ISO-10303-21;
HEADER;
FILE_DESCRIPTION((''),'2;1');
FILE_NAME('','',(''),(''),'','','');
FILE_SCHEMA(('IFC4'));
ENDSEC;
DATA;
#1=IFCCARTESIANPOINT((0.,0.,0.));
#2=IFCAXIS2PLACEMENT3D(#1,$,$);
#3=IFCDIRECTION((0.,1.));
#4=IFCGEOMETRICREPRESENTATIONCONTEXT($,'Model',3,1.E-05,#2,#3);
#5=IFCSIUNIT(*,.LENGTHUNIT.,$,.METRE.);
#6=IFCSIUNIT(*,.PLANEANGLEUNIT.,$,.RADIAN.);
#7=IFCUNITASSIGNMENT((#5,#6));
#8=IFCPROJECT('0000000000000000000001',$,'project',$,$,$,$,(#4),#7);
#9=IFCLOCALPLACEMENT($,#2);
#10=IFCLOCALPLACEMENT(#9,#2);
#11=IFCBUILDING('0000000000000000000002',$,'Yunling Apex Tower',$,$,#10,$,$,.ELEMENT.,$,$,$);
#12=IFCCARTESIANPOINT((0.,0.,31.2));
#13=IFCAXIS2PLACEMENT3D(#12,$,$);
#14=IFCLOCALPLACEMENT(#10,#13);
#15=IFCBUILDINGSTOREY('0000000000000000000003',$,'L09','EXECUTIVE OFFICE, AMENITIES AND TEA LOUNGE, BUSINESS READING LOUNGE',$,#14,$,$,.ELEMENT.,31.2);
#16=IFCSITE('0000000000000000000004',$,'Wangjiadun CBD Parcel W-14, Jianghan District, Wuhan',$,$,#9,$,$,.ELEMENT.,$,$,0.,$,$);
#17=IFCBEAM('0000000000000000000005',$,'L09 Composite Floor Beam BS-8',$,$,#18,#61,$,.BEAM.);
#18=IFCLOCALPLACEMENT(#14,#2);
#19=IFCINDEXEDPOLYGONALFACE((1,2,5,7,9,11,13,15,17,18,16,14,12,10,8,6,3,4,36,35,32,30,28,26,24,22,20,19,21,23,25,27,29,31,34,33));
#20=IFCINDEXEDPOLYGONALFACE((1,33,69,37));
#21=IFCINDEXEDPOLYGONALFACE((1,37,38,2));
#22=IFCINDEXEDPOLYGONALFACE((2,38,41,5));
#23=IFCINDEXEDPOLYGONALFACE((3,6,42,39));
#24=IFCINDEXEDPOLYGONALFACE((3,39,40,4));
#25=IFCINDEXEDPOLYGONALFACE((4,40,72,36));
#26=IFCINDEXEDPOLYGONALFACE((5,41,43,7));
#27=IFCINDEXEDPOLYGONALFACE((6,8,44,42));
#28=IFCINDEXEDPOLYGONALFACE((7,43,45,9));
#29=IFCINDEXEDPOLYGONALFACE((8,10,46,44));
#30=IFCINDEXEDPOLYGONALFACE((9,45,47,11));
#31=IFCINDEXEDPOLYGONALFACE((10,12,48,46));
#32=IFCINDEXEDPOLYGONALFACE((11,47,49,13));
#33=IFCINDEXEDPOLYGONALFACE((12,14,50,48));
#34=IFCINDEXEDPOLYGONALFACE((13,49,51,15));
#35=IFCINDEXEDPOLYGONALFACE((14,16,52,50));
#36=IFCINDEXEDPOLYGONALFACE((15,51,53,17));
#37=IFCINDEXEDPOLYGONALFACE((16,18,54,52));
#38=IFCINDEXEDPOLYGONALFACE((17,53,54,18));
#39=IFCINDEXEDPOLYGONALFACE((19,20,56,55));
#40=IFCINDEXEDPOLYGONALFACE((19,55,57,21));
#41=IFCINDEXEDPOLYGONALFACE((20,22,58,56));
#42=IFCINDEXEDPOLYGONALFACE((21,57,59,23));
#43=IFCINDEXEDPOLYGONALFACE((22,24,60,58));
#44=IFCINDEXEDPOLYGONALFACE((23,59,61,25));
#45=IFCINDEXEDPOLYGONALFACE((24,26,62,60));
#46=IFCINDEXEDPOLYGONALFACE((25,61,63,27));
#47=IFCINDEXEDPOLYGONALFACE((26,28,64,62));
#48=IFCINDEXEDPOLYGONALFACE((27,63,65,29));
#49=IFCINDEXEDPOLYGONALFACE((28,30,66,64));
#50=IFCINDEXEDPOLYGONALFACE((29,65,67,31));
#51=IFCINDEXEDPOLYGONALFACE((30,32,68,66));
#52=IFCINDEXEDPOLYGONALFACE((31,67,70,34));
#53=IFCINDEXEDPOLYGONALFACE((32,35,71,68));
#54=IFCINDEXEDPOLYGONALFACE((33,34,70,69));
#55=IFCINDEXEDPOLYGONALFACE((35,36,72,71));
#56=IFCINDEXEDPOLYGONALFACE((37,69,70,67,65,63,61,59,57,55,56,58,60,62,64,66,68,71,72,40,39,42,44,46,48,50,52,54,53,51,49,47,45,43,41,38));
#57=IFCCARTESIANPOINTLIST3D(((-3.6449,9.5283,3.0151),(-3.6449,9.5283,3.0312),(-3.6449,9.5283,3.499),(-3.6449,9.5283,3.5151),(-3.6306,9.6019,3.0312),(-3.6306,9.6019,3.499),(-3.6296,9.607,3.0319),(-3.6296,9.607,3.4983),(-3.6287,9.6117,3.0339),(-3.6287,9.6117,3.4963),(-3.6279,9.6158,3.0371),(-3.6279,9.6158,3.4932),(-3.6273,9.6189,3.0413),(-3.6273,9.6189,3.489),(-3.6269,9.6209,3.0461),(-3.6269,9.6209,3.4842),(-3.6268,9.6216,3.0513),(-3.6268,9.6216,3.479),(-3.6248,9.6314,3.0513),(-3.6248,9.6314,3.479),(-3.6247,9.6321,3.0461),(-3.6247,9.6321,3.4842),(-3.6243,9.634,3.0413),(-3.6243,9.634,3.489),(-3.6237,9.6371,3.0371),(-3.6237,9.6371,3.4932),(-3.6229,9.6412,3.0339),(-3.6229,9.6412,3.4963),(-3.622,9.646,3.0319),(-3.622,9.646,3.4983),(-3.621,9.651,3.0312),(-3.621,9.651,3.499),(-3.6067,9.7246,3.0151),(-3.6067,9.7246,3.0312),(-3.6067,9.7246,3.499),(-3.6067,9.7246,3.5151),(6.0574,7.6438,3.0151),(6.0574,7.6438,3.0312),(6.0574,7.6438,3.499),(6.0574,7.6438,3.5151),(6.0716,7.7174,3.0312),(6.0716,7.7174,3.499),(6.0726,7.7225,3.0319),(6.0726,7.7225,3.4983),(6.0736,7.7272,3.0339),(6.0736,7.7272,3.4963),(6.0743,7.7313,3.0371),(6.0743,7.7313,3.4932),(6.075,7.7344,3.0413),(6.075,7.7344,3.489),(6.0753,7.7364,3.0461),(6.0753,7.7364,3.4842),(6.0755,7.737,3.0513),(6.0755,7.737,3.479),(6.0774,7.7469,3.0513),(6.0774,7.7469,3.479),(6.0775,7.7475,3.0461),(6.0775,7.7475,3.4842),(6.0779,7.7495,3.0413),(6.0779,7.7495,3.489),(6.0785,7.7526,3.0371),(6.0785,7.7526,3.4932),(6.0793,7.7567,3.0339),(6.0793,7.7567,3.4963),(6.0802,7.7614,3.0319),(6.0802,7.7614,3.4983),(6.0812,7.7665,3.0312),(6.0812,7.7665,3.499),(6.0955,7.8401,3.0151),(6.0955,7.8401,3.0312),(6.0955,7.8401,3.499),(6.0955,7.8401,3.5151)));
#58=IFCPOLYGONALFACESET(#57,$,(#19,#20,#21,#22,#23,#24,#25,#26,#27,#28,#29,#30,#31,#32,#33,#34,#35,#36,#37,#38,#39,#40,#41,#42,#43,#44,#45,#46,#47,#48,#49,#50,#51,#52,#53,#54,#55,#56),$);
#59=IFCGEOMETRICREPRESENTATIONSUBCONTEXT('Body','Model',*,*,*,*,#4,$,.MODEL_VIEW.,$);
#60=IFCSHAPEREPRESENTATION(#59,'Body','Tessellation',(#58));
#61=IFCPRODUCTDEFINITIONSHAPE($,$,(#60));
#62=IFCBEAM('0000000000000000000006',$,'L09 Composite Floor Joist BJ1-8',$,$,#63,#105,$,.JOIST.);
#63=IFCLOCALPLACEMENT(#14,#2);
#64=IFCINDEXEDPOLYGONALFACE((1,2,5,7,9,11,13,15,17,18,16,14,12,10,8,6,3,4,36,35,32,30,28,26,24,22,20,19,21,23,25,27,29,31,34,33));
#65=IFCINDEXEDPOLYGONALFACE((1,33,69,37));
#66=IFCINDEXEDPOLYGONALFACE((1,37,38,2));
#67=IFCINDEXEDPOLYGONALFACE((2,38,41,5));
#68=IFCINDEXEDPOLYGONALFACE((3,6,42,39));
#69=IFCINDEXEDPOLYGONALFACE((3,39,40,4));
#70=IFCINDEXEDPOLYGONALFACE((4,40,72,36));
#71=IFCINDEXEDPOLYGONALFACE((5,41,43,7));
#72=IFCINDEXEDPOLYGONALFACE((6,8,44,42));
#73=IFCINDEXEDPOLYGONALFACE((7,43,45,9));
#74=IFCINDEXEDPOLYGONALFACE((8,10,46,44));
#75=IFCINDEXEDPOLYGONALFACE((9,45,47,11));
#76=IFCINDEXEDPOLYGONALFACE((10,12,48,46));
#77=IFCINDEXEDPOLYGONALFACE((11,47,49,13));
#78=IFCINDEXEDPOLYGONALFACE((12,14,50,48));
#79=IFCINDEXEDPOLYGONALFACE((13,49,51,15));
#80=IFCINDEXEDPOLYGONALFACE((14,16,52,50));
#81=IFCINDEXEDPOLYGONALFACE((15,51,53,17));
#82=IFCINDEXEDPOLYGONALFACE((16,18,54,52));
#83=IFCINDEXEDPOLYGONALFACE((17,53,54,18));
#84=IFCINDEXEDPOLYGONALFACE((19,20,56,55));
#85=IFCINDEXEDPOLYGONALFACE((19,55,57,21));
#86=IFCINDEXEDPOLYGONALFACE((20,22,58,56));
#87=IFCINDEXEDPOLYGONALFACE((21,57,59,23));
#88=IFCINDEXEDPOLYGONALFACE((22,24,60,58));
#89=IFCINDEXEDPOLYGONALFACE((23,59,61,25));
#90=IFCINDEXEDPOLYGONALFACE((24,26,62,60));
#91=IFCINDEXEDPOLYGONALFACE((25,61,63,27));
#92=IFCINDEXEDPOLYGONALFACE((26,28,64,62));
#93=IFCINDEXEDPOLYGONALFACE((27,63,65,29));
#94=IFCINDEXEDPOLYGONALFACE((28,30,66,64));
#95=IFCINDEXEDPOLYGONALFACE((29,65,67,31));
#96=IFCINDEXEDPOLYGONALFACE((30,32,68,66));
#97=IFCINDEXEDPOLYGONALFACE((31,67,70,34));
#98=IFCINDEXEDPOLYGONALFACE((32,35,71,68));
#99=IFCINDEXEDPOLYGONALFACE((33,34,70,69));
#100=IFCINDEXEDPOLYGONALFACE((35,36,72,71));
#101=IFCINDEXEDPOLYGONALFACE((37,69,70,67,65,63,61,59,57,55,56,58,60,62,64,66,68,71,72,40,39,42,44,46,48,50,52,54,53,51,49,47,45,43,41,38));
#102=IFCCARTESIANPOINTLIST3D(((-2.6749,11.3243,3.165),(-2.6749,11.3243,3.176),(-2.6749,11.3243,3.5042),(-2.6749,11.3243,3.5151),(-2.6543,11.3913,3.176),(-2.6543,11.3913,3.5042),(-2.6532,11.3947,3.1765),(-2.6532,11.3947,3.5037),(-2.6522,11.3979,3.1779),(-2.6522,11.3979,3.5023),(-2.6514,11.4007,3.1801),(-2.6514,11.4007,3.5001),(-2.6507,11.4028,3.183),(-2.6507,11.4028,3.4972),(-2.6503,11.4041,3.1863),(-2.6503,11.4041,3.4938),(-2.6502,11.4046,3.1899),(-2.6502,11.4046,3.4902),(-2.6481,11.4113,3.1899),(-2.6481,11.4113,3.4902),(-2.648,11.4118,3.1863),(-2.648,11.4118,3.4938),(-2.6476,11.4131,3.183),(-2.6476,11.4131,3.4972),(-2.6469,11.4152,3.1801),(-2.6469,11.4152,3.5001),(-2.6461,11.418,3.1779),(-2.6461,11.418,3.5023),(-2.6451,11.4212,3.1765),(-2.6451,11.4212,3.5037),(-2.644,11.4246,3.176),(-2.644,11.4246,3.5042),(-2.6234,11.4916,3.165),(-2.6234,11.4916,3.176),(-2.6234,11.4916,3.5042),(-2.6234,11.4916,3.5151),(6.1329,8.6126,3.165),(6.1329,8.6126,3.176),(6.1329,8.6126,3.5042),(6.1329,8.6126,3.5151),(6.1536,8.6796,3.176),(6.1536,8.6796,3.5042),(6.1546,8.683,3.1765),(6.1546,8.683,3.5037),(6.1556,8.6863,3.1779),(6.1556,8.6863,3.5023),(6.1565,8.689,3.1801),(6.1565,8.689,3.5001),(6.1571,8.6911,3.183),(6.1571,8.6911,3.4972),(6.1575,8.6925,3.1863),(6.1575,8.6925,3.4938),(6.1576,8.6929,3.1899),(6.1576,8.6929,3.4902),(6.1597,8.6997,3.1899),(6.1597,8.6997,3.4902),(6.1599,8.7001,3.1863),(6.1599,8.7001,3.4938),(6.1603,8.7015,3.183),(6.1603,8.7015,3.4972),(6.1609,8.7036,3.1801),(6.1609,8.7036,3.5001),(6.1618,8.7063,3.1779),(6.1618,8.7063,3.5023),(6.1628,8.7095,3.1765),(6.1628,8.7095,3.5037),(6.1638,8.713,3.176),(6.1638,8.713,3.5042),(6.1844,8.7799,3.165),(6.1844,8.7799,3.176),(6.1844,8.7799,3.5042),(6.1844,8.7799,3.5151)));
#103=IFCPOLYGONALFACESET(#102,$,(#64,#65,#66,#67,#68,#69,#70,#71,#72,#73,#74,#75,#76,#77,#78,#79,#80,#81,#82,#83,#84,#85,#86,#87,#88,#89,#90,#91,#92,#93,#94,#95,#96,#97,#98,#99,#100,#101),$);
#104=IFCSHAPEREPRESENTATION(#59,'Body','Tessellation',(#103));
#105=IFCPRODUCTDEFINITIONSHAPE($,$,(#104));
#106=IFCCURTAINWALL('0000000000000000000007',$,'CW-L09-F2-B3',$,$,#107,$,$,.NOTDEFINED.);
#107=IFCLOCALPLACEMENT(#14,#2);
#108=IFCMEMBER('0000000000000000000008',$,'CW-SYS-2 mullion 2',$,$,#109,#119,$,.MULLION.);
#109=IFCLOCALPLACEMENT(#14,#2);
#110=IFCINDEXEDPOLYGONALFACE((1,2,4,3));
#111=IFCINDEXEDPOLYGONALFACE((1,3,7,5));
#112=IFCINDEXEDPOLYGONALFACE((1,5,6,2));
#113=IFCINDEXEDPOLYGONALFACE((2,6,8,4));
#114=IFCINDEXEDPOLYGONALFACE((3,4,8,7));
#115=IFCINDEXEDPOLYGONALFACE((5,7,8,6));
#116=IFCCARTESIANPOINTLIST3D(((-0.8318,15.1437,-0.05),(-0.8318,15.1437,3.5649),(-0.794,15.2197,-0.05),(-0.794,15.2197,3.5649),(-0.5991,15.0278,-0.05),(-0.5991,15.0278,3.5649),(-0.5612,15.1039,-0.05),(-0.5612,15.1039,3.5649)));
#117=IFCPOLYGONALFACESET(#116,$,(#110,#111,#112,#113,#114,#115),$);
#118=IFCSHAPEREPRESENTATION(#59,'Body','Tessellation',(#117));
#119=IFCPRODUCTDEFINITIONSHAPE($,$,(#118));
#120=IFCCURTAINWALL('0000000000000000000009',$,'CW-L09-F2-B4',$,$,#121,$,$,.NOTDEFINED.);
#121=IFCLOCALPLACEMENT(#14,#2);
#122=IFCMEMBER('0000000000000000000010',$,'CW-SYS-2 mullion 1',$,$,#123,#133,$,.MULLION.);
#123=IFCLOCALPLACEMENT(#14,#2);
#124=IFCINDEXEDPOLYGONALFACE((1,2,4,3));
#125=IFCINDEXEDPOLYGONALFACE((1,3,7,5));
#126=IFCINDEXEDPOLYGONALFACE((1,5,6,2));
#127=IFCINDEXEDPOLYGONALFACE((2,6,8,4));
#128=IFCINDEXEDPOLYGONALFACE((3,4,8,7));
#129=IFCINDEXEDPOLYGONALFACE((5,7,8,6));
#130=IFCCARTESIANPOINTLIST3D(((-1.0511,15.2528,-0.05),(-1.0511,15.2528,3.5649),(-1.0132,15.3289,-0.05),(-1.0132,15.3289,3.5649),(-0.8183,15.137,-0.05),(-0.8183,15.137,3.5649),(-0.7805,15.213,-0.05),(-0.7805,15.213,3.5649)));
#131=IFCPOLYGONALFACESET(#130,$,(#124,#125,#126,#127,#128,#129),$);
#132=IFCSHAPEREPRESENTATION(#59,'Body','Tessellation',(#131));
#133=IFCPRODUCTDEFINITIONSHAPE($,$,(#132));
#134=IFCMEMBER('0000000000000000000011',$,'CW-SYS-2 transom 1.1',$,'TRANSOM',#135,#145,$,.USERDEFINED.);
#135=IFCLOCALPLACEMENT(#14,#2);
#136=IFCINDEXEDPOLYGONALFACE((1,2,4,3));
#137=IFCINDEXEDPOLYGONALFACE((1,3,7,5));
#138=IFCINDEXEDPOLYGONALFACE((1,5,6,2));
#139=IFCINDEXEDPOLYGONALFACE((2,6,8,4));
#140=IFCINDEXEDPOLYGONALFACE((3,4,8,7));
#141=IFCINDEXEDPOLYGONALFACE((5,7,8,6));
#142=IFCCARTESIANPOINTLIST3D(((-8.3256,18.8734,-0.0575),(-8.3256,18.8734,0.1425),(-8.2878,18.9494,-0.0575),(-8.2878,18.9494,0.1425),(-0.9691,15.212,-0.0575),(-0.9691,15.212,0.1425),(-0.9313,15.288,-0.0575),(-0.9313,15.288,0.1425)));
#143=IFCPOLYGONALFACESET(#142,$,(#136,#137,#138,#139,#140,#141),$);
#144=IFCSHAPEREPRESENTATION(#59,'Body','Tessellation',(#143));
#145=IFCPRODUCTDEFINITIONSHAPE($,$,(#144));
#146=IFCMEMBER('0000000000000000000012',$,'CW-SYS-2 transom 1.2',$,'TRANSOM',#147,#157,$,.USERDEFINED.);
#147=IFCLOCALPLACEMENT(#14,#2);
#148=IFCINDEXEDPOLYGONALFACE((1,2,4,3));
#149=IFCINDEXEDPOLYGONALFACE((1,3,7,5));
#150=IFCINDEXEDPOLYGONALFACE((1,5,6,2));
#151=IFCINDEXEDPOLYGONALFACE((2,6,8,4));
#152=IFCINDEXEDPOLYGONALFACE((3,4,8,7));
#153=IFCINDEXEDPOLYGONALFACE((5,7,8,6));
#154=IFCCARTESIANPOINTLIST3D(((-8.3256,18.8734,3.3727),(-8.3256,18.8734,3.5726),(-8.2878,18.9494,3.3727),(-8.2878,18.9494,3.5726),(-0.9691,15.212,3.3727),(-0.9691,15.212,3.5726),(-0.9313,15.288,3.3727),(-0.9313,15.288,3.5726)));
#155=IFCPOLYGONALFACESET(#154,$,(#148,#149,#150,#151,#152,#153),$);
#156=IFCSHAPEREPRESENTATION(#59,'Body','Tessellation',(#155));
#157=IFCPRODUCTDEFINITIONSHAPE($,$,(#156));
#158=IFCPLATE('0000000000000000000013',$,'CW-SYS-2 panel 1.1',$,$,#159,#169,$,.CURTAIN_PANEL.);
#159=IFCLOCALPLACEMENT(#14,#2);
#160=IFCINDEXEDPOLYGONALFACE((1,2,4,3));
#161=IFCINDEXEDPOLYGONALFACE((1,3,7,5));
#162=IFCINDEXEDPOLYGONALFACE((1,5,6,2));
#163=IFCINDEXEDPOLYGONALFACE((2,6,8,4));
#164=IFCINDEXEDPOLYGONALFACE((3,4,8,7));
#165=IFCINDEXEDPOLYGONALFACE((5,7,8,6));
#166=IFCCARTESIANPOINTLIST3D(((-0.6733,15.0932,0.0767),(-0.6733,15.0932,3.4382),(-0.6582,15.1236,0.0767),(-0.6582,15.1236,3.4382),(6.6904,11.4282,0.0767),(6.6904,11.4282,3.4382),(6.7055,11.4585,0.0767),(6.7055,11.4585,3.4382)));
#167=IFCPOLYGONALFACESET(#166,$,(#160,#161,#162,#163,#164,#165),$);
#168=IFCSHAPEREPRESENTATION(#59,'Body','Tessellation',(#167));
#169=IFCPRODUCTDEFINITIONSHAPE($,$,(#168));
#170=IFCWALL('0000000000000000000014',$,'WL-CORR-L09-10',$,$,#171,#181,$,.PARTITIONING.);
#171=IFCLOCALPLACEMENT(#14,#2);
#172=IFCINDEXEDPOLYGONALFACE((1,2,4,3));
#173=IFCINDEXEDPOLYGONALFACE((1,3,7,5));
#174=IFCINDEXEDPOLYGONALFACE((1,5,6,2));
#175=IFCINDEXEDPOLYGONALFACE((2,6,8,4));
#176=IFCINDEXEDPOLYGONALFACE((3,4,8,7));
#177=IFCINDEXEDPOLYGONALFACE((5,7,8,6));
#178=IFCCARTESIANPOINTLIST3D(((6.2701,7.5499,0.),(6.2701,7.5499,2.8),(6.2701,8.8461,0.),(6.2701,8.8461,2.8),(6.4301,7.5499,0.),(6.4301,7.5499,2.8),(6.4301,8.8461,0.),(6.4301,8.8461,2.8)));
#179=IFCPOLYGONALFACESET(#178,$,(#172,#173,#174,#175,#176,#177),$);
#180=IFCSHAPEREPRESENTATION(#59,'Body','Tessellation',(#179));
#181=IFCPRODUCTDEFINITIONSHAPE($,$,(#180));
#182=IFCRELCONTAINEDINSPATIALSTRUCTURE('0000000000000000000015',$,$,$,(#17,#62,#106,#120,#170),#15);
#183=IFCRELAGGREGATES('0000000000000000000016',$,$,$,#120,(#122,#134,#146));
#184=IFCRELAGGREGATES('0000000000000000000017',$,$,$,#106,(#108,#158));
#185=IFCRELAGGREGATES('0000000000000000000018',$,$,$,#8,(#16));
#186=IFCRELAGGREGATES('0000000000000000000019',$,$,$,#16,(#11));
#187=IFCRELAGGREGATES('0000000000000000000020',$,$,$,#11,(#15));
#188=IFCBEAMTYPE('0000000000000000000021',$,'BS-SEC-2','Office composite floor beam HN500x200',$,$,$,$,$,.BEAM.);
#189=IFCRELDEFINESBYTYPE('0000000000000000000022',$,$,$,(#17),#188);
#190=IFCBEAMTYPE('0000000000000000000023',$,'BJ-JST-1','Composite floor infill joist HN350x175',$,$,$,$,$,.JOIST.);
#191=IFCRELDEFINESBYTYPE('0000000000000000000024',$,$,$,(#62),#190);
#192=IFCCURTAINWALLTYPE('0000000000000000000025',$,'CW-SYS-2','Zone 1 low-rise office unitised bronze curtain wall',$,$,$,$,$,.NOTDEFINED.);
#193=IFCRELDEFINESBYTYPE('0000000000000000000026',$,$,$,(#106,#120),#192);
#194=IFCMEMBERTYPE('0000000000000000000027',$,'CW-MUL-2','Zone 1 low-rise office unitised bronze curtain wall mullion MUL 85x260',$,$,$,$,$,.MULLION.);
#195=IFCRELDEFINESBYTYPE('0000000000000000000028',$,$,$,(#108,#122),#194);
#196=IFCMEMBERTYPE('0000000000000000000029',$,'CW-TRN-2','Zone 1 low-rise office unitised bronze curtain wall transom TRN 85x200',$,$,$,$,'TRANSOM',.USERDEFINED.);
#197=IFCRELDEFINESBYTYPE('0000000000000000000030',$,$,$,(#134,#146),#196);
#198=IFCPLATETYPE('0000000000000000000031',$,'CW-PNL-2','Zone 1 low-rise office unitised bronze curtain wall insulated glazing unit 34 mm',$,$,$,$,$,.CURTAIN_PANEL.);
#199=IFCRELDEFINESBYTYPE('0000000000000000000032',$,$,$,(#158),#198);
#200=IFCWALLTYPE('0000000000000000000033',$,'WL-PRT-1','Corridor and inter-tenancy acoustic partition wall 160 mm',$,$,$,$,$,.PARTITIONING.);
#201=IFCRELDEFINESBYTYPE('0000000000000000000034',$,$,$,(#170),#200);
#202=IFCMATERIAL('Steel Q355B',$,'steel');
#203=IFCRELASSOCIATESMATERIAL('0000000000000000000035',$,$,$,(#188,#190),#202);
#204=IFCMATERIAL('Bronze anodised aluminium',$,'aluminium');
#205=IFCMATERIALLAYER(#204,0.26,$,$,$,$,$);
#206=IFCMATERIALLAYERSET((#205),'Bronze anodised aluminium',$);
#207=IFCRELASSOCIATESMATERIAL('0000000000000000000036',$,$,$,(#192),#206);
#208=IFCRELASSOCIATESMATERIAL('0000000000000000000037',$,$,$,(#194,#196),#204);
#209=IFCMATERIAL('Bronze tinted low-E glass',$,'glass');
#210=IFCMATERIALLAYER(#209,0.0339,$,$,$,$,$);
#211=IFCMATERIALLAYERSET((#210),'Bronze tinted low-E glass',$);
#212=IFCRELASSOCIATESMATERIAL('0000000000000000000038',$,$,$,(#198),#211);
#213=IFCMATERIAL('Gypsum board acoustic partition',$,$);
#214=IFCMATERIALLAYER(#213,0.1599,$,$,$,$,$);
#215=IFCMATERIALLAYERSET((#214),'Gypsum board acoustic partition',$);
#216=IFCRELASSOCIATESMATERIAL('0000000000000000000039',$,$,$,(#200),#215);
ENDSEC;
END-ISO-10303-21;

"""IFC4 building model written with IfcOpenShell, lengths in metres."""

from ifc_helpers import new_model, si_unit, direction, frame, frame_2d, origin, origin_2d, place, context, subcontext, project, spatial, rectangle, i_section, extrude, source, transform, mapped, material, layer, layer_set, material_profile, profile_set, type_object, element, aggregate, save


model = new_model("IFC4")

# Units and contexts
model_context = context("Model", 3, precision=1e-05, world=origin(), true_north=direction((0.0, 1.0)))
body_context = subcontext(model_context, "Body", "Model", "MODEL_VIEW")
ifc_project = project(units=[si_unit("LENGTHUNIT", "METRE"), si_unit("PLANEANGLEUNIT", "RADIAN")], contexts=[model_context])

# Site, building, storey
site_placement = place(None, origin())
site = spatial("IfcSite", under=ifc_project, at=site_placement, Name="Wangjiadun CBD Parcel W-14, Jianghan District, Wuhan", CompositionType="ELEMENT", RefElevation=0.0)
building_placement = place(site_placement, origin())
building = spatial("IfcBuilding", under=site, at=building_placement, Name="Yunling Apex Tower", CompositionType="ELEMENT")
storey_placement = place(building_placement, frame((0.0, 0.0, 31.2)))
storey = spatial("IfcBuildingStorey", under=building, at=storey_placement, Name="L09", Description="EXECUTIVE OFFICE, AMENITIES AND TEA LOUNGE, BUSINESS READING LOUNGE", CompositionType="ELEMENT", Elevation=31.2)

# Beams
ifc_material_1 = material(Name="Steel Q355B", Category="steel")
ifc_material_profile_1 = material_profile(ifc_material_1, i_section(OverallWidth=0.2, OverallDepth=0.5, WebThickness=0.01, FlangeThickness=0.0161, FilletRadius=0.02, at=origin_2d()))
ifc_profile_set_1 = profile_set([ifc_material_profile_1], Name="Steel Q355B")
beam_type_1 = type_object("IfcBeamType", Name="BS-SEC-2", Description="Office composite floor beam HN500x200", PredefinedType="BEAM", material=ifc_profile_set_1)
shared_shape_1 = source(origin(), body_context, "Body", "SweptSolid", [
    extrude(i_section(OverallWidth=0.2, OverallDepth=0.5, WebThickness=0.01, FlangeThickness=0.0161, FilletRadius=0.02, at=origin_2d()), origin(), (0.0, 0.0, 1.0), 9.8835),
])
beam_1_placement = place(storey_placement, frame((6.0764, 7.7419, 3.2651), z_axis=(-0.981653, 0.190674, 0.0), x_axis=(-0.190674, -0.981653, 0.0)))
element("IfcBeam", 1, at=beam_1_placement, inside=storey, type_object=beam_type_1, Name="L09 Composite Floor Beam BS-8", PredefinedType="BEAM", context=body_context, shape_type="MappedRepresentation", body=[
    mapped(shared_shape_1, transform((0.0, 0.0, 0.0), scale=1.0)),
])
ifc_material_profile_2 = material_profile(ifc_material_1, i_section(OverallWidth=0.175, OverallDepth=0.3501, WebThickness=0.0071, FlangeThickness=0.011, FilletRadius=0.0139, at=origin_2d()))
ifc_profile_set_2 = profile_set([ifc_material_profile_2], Name="Steel Q355B")
beam_type_2 = type_object("IfcBeamType", Name="BJ-JST-1", Description="Composite floor infill joist HN350x175", PredefinedType="JOIST", material=ifc_profile_set_2)
shared_shape_2 = source(origin(), body_context, "Body", "SweptSolid", [
    extrude(i_section(OverallWidth=0.175, OverallDepth=0.3501, WebThickness=0.0071, FlangeThickness=0.011, FilletRadius=0.0139, at=origin_2d()), origin(), (0.0, 0.0, 1.0), 9.2158),
])
beam_2_placement = place(storey_placement, frame((6.1587, 8.6963, 3.3401), z_axis=(-0.955731, 0.29424, 0.0), x_axis=(-0.29424, -0.955731, 0.0)))
element("IfcBeam", 2, at=beam_2_placement, inside=storey, type_object=beam_type_2, Name="L09 Composite Floor Joist BJ1-8", PredefinedType="JOIST", context=body_context, shape_type="MappedRepresentation", body=[
    mapped(shared_shape_2, transform((0.0, 0.0, 0.0), scale=1.0)),
])

# Curtain wall, member
ifc_material_2 = material(Name="Bronze anodised aluminium", Category="aluminium")
ifc_layer_1 = layer(ifc_material_2, 0.26)
ifc_layer_set_1 = layer_set([ifc_layer_1], Name="Bronze anodised aluminium")
curtain_wall_type = type_object("IfcCurtainWallType", Name="CW-SYS-2", Description="Zone 1 low-rise office unitised bronze curtain wall", PredefinedType="NOTDEFINED", material=ifc_layer_set_1)
curtain_wall_1_placement = place(storey_placement, origin())
curtain_wall_1 = element("IfcCurtainWall", 3, at=curtain_wall_1_placement, inside=storey, type_object=curtain_wall_type, Name="CW-L09-F2-B3", PredefinedType="NOTDEFINED")
ifc_material_profile_3 = material_profile(ifc_material_2, rectangle(XDim=0.085, YDim=0.26, at=origin_2d()))
ifc_profile_set_3 = profile_set([ifc_material_profile_3], Name="Bronze anodised aluminium")
member_type_1 = type_object("IfcMemberType", Name="CW-MUL-2", Description="Zone 1 low-rise office unitised bronze curtain wall mullion MUL 85x260", PredefinedType="MULLION", material=ifc_profile_set_3)
shared_shape_3 = source(origin(), body_context, "Body", "SweptSolid", [
    extrude(rectangle(XDim=0.085, YDim=0.26, at=origin_2d()), origin(), (0.0, 0.0, 1.0), 3.615),
])
member_1_placement = place(storey_placement, frame((-0.6965, 15.1238, -0.05), z_axis=(0.0, 0.0, 1.0), x_axis=(-0.44558, -0.895242, 0.0)))
member_1 = element("IfcMember", 4, at=member_1_placement, type_object=member_type_1, Name="CW-SYS-2 mullion 2", PredefinedType="MULLION", context=body_context, shape_type="MappedRepresentation", body=[
    mapped(shared_shape_3, transform((0.0, 0.0, 0.0), scale=1.0)),
])

# Curtain wall, members
curtain_wall_2_placement = place(storey_placement, origin())
curtain_wall_2 = element("IfcCurtainWall", 5, at=curtain_wall_2_placement, inside=storey, type_object=curtain_wall_type, Name="CW-L09-F2-B4", PredefinedType="NOTDEFINED")
member_2_placement = place(storey_placement, frame((-0.9158, 15.2329, -0.05), z_axis=(0.0, 0.0, 1.0), x_axis=(-0.445571, -0.895247, 0.0)))
member_2 = element("IfcMember", 6, at=member_2_placement, type_object=member_type_1, Name="CW-SYS-2 mullion 1", PredefinedType="MULLION", context=body_context, shape_type="MappedRepresentation", body=[
    mapped(shared_shape_3, transform((0.0, 0.0, 0.0), scale=1.0)),
])
ifc_material_profile_4 = material_profile(ifc_material_2, rectangle(XDim=0.085, YDim=0.2, at=origin_2d()))
ifc_profile_set_4 = profile_set([ifc_material_profile_4], Name="Bronze anodised aluminium")
member_type_2 = type_object("IfcMemberType", Name="CW-TRN-2", Description="Zone 1 low-rise office unitised bronze curtain wall transom TRN 85x200", ElementType="TRANSOM", PredefinedType="USERDEFINED", material=ifc_profile_set_4)
shared_shape_4 = source(origin(), body_context, "Body", "SweptSolid", [
    extrude(rectangle(XDim=0.085, YDim=0.2, at=origin_2d()), origin(), (0.0, 0.0, 1.0), 8.2173),
])
member_3_placement = place(storey_placement, frame((-0.9502, 15.25, 0.0425), z_axis=(-0.895246, 0.445573, 0.0), x_axis=(-0.445573, -0.895246, 0.0)))
member_3 = element("IfcMember", 7, at=member_3_placement, type_object=member_type_2, Name="CW-SYS-2 transom 1.1", ObjectType="TRANSOM", PredefinedType="USERDEFINED", context=body_context, shape_type="MappedRepresentation", body=[
    mapped(shared_shape_4, transform((0.0, 0.0, 0.0), scale=1.0)),
])
member_4_placement = place(storey_placement, frame((-0.9502, 15.25, 3.4727), z_axis=(-0.895246, 0.445573, 0.0), x_axis=(-0.445573, -0.895246, 0.0)))
member_4 = element("IfcMember", 8, at=member_4_placement, type_object=member_type_2, Name="CW-SYS-2 transom 1.2", ObjectType="TRANSOM", PredefinedType="USERDEFINED", context=body_context, shape_type="MappedRepresentation", body=[
    mapped(shared_shape_4, transform((0.0, 0.0, 0.0), scale=1.0)),
])
aggregate(curtain_wall_2, [member_2, member_3, member_4])

# Plate
ifc_material_3 = material(Name="Bronze tinted low-E glass", Category="glass")
ifc_layer_2 = layer(ifc_material_3, 0.0339)
ifc_layer_set_2 = layer_set([ifc_layer_2], Name="Bronze tinted low-E glass")
plate_type = type_object("IfcPlateType", Name="CW-PNL-2", Description="Zone 1 low-rise office unitised bronze curtain wall insulated glazing unit 34 mm", PredefinedType="CURTAIN_PANEL", material=ifc_layer_set_2)
shared_shape_5 = source(origin(), body_context, "Body", "SweptSolid", [
    extrude(rectangle(XDim=8.2253, YDim=0.0339, at=origin_2d()), origin(), (0.0, 0.0, 1.0), 3.3616),
])
plate_placement = place(storey_placement, frame((3.0161, 13.2759, 0.0767), z_axis=(0.0, 0.0, 1.0), x_axis=(-0.895242, 0.44558, 0.0)))
plate = element("IfcPlate", 9, at=plate_placement, type_object=plate_type, Name="CW-SYS-2 panel 1.1", PredefinedType="CURTAIN_PANEL", context=body_context, shape_type="MappedRepresentation", body=[
    mapped(shared_shape_5, transform((0.0, 0.0, 0.0), scale=1.0)),
])
aggregate(curtain_wall_1, [member_1, plate])

# Wall
ifc_material_4 = material(Name="Gypsum board acoustic partition")
ifc_layer_3 = layer(ifc_material_4, 0.1599)
ifc_layer_set_3 = layer_set([ifc_layer_3], Name="Gypsum board acoustic partition")
wall_type_1 = type_object("IfcWallType", Name="WL-PRT-1", Description="Corridor and inter-tenancy acoustic partition wall 160 mm", PredefinedType="PARTITIONING", material=ifc_layer_set_3)
wall_1_placement = place(storey_placement, frame((6.3501, 7.55, 0.0), z_axis=(0.0, 0.0, 1.0), x_axis=(0.0, 1.0, 0.0)))
element("IfcWall", 10, at=wall_1_placement, inside=storey, type_object=wall_type_1, Name="WL-CORR-L09-10", PredefinedType="PARTITIONING", context=body_context, shape_type="SweptSolid", body=[
    extrude(rectangle(XDim=1.2961, YDim=0.1599, at=frame_2d((0.6479, 0.0))), origin(), (0.0, 0.0, 1.0), 2.8),
])

save(model, "model.ifc")
